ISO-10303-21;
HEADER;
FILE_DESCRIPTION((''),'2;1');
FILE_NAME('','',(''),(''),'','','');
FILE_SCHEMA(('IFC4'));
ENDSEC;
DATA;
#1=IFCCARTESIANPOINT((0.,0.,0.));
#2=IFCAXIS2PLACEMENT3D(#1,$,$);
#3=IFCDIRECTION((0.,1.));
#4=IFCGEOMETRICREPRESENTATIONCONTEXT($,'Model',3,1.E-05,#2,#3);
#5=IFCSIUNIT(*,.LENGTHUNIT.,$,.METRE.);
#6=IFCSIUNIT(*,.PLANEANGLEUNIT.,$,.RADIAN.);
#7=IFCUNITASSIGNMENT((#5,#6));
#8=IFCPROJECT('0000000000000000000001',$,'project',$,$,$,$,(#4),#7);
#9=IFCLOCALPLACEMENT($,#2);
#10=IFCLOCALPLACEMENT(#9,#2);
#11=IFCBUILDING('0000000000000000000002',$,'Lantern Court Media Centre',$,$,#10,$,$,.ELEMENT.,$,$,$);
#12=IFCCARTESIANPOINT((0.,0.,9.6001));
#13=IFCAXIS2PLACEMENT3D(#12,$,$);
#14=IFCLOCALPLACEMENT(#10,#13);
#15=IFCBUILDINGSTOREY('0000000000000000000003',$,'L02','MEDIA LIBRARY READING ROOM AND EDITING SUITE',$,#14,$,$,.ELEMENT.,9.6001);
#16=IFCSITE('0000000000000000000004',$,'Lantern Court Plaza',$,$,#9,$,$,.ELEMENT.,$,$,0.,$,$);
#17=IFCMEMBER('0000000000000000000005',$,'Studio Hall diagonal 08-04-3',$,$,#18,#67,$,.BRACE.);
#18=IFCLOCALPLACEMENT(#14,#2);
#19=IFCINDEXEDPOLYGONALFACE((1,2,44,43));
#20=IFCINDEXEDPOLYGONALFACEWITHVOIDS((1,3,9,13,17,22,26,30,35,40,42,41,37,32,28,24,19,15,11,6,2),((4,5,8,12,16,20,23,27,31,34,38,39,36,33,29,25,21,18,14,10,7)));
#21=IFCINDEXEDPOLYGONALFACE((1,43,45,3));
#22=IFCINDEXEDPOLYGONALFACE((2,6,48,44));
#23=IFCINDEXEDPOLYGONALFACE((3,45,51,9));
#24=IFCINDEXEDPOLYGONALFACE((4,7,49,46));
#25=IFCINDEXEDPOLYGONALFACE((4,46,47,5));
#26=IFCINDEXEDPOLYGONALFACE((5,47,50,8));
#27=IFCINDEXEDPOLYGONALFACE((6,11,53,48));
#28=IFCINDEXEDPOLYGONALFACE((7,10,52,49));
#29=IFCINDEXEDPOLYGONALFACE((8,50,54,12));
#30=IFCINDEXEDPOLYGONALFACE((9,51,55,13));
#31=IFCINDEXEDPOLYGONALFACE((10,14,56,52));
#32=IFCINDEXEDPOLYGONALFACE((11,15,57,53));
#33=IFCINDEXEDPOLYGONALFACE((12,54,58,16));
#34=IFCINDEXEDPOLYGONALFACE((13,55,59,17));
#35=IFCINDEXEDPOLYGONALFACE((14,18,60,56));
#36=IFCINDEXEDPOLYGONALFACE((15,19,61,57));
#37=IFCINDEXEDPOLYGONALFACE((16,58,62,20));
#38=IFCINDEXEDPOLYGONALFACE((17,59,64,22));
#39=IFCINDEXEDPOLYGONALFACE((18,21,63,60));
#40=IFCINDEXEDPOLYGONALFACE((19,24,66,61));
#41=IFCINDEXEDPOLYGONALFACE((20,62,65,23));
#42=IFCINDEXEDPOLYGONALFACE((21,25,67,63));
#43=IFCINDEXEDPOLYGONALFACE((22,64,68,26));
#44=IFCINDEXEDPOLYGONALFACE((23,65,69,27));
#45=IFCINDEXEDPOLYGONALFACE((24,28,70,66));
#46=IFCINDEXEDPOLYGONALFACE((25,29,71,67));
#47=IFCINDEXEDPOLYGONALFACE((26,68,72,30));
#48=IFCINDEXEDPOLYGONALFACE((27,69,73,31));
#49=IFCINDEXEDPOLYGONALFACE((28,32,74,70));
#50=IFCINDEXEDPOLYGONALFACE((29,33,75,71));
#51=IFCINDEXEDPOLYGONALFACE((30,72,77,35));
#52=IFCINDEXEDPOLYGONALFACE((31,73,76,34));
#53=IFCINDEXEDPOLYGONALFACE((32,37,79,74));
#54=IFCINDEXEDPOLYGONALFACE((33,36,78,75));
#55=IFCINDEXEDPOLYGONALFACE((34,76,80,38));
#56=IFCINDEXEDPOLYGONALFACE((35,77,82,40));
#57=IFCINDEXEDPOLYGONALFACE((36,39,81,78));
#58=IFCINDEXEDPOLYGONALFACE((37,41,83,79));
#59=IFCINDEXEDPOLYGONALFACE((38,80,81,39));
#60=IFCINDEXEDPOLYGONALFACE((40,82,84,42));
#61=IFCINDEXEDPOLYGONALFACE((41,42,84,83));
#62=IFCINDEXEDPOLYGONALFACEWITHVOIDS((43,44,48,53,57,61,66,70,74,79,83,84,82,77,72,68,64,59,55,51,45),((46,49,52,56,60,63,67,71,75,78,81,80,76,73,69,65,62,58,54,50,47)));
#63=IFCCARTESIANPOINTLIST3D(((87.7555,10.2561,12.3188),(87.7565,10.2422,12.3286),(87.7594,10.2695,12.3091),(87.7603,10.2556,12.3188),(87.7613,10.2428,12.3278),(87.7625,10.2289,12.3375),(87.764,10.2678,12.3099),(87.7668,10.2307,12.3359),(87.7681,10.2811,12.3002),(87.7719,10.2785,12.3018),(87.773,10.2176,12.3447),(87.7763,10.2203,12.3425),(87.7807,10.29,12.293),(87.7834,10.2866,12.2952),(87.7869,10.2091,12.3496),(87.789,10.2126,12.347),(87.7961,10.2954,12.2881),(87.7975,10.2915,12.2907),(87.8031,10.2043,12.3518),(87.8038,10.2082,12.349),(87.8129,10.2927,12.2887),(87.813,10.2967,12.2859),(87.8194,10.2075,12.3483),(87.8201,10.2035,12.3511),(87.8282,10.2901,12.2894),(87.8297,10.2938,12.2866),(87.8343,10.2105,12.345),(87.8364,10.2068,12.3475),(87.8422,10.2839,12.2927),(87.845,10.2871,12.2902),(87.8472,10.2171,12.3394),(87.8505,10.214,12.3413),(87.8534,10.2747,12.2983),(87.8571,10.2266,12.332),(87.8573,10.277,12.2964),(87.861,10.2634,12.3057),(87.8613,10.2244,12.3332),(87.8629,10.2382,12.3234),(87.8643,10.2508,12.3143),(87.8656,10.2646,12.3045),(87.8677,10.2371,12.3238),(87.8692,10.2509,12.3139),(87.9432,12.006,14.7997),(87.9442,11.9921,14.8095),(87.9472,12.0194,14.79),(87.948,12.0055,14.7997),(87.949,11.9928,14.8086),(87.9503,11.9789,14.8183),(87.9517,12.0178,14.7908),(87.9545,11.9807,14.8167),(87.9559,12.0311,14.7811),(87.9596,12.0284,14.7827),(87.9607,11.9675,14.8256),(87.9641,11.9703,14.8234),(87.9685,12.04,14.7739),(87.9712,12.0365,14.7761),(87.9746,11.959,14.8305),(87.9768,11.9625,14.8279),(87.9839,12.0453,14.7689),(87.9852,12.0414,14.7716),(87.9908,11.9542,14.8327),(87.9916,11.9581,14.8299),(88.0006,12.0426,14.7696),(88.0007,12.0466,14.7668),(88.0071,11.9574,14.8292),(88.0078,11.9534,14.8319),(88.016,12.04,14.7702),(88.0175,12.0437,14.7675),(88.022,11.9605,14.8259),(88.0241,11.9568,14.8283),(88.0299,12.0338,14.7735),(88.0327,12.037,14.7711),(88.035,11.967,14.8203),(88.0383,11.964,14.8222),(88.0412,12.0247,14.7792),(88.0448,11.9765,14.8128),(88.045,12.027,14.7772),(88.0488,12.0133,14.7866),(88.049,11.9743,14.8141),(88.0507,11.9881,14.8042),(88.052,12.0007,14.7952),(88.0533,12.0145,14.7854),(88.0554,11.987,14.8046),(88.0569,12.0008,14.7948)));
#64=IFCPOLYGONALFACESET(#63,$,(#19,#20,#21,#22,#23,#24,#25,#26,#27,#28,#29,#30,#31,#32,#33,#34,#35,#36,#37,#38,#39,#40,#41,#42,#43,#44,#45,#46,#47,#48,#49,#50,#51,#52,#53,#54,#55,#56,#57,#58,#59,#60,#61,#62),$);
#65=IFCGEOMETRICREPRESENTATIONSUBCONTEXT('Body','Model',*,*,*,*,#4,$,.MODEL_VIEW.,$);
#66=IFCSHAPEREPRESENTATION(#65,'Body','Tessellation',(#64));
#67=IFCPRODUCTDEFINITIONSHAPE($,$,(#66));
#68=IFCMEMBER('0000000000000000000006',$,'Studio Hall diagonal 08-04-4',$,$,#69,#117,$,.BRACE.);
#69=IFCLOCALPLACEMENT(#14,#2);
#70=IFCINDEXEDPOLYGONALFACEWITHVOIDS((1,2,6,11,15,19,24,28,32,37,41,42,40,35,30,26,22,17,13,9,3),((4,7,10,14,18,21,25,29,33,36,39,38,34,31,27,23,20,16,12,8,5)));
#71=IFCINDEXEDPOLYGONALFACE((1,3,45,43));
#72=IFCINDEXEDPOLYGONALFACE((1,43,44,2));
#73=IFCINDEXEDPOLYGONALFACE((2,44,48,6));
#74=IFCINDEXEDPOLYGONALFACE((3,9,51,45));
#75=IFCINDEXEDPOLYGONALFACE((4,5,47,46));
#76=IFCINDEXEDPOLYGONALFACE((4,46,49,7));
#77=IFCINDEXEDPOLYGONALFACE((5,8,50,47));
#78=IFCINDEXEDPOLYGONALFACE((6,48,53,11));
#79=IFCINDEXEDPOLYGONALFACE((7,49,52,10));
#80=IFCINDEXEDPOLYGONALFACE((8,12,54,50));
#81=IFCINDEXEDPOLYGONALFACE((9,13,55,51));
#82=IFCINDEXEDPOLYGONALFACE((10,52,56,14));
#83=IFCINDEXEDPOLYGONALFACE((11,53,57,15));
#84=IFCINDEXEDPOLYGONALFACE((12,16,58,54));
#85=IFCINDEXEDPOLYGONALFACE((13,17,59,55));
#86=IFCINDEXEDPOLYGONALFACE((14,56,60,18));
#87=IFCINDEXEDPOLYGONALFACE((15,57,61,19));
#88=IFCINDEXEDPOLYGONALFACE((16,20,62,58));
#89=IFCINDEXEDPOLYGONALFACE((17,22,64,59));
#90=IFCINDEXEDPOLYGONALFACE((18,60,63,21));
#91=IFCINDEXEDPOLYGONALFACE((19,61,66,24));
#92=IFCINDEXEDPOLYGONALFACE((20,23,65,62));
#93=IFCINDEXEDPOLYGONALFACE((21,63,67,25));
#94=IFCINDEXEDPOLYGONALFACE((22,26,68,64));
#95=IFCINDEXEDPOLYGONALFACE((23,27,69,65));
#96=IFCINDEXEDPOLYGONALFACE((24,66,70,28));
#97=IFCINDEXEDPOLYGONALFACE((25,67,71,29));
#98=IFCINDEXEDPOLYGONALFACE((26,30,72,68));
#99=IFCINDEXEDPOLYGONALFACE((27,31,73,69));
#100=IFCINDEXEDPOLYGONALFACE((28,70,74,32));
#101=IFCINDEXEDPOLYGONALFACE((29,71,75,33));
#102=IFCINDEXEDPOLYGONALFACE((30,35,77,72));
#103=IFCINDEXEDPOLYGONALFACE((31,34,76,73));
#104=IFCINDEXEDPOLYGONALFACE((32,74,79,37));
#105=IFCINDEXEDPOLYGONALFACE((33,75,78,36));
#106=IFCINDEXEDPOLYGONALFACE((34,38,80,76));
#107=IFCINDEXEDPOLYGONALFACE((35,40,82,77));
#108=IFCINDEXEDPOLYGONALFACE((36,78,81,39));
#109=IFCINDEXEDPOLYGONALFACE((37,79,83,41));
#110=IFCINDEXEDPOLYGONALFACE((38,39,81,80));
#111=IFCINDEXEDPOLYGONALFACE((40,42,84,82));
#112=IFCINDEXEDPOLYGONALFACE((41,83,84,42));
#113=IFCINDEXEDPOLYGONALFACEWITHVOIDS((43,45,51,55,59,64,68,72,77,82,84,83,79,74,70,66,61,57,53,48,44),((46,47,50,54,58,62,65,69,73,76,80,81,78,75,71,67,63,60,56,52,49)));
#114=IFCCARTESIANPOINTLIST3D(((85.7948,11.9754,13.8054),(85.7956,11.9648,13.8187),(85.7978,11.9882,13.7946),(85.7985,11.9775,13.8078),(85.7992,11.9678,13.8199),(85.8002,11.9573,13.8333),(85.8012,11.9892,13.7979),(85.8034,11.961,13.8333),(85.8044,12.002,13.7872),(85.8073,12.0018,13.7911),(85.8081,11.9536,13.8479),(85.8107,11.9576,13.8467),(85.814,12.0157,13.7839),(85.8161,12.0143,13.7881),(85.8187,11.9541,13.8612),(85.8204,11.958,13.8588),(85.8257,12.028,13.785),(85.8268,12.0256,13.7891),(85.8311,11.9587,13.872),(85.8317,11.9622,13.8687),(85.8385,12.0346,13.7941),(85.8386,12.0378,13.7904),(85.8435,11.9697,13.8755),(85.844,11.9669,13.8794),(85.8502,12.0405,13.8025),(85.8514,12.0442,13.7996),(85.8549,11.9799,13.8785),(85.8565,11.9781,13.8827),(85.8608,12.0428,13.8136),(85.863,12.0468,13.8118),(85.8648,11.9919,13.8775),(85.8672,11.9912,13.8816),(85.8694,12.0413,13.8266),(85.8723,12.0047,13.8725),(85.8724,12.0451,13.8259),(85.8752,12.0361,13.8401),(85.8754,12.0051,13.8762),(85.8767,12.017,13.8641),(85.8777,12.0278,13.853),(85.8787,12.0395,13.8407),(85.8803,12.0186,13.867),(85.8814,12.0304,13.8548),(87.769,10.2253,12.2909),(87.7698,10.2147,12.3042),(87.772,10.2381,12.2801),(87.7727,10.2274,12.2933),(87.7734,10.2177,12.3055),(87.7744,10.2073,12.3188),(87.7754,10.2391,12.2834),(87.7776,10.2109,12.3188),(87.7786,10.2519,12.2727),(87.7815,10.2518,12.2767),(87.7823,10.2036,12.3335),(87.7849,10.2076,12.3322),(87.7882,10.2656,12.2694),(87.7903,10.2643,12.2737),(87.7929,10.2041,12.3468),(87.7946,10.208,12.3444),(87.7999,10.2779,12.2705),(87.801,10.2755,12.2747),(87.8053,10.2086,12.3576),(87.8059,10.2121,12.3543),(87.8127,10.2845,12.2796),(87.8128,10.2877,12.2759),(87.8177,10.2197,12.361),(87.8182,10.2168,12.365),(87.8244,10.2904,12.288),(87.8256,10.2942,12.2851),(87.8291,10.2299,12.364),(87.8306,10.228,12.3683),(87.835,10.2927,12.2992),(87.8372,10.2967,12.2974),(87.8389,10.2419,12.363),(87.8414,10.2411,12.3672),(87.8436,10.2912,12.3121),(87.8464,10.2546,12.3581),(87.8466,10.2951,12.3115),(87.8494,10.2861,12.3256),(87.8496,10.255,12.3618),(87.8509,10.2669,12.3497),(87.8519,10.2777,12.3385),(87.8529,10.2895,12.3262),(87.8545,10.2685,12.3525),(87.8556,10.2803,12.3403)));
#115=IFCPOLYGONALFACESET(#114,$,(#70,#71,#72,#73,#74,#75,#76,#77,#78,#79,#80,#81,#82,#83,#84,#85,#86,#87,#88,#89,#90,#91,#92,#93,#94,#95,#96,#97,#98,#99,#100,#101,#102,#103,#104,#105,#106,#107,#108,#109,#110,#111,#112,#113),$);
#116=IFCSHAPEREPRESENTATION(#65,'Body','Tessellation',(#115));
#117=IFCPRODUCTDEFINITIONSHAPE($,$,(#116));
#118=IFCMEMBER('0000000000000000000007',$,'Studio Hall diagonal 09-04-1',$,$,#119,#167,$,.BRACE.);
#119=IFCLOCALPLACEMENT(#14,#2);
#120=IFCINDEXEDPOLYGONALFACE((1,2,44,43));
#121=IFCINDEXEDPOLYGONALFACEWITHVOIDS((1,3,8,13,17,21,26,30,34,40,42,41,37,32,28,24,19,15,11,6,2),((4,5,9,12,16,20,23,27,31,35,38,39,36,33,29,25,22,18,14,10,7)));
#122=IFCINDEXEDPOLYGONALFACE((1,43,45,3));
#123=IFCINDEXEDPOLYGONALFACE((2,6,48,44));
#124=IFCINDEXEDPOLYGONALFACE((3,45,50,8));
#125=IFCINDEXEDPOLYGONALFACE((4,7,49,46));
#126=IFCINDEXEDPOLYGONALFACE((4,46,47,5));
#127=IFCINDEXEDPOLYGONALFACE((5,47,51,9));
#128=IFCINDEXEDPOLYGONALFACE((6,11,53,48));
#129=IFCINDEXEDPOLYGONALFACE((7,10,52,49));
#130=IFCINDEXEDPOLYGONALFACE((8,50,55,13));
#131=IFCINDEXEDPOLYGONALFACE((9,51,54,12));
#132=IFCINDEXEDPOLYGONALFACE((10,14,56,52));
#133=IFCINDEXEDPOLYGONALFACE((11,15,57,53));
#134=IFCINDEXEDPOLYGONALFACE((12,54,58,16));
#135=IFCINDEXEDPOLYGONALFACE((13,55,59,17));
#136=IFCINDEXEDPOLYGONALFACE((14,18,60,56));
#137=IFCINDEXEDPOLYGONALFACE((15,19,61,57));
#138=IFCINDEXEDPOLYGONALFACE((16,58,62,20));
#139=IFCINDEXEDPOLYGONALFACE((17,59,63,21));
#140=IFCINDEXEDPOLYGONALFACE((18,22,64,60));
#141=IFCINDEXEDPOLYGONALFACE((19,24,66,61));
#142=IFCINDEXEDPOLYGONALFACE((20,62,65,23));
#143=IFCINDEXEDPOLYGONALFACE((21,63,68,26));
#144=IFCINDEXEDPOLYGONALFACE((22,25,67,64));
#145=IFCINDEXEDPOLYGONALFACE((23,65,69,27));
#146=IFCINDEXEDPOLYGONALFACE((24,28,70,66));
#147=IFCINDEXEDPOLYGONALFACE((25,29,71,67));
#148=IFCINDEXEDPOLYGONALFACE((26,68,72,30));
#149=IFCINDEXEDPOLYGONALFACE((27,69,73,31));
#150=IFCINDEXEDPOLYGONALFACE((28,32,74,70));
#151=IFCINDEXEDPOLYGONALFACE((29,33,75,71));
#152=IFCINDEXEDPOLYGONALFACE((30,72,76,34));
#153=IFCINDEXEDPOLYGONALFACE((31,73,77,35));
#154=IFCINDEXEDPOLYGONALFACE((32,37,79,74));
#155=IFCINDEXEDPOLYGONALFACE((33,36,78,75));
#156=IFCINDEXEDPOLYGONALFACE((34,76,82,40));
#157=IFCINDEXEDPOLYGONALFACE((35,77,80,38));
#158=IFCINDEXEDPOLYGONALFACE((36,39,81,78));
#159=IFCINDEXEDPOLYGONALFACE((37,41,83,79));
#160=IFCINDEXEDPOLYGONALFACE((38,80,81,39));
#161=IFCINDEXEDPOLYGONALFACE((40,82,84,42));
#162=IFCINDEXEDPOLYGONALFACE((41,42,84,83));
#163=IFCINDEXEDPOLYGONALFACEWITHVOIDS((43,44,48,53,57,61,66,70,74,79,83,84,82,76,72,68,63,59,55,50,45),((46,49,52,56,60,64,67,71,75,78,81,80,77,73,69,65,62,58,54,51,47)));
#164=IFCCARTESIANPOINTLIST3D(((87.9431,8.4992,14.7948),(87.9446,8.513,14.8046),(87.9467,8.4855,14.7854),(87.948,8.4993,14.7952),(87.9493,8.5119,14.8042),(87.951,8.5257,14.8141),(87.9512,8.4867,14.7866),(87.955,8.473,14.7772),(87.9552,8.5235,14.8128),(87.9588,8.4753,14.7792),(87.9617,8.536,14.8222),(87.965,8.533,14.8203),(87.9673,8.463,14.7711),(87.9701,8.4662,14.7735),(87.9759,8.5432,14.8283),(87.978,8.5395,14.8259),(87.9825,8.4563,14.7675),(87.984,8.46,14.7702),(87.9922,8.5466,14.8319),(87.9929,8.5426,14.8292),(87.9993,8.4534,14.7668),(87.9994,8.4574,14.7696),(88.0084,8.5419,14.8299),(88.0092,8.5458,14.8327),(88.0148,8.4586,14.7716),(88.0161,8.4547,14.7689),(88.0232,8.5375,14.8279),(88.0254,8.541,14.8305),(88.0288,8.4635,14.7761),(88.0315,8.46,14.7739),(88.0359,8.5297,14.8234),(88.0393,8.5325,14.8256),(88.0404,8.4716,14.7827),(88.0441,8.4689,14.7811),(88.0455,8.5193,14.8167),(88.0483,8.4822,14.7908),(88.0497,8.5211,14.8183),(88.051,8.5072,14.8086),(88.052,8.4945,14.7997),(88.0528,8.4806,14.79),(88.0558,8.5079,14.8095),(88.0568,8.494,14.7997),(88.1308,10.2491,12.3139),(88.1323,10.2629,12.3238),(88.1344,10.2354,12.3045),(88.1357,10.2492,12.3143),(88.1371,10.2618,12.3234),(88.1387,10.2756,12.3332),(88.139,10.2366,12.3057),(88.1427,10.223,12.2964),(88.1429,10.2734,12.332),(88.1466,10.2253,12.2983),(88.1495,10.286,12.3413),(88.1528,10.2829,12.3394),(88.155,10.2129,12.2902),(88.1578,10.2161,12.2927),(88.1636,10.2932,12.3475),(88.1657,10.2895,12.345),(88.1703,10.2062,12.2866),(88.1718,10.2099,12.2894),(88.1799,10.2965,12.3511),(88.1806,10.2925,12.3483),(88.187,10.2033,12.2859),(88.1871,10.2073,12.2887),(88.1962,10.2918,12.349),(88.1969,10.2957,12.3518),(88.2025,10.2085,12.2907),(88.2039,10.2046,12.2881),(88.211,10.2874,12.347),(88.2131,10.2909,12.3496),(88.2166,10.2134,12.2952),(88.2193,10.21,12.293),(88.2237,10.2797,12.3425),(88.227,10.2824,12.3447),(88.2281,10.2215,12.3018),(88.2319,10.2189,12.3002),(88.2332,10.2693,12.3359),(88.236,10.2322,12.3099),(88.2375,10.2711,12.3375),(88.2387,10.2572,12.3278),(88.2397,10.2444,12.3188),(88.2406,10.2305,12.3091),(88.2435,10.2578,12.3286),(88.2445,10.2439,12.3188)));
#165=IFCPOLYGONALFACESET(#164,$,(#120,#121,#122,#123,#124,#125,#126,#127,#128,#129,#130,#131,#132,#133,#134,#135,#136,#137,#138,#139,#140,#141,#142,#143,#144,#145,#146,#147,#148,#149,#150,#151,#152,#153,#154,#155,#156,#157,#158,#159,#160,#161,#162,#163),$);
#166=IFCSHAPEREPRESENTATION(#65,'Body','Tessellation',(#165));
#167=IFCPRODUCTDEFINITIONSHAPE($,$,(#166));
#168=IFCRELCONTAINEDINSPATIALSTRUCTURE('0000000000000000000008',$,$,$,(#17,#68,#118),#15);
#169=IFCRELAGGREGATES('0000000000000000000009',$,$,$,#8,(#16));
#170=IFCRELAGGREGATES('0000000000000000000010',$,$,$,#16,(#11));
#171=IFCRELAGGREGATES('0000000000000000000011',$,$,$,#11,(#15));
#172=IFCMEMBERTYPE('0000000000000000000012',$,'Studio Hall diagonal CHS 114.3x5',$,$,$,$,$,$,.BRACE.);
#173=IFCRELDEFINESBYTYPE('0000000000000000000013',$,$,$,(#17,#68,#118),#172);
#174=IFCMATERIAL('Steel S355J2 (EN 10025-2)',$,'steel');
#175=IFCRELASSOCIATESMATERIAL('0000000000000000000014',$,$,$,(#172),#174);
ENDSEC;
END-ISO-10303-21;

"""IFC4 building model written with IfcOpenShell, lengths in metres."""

from ifc_helpers import new_model, si_unit, direction, frame, origin, origin_2d, place, context, subcontext, project, spatial, hollow_circle, extrude, material, material_profile, profile_set, type_object, element, save


model = new_model("IFC4")

# Units and contexts
model_context = context("Model", 3, precision=1e-05, world=origin(), true_north=direction((0.0, 1.0)))
body_context = subcontext(model_context, "Body", "Model", "MODEL_VIEW")
ifc_project = project(units=[si_unit("LENGTHUNIT", "METRE"), si_unit("PLANEANGLEUNIT", "RADIAN")], contexts=[model_context])

# Site, building, storey
site_placement = place(None, origin())
site = spatial("IfcSite", under=ifc_project, at=site_placement, Name="Lantern Court Plaza", CompositionType="ELEMENT", RefElevation=0.0)
building_placement = place(site_placement, origin())
building = spatial("IfcBuilding", under=site, at=building_placement, Name="Lantern Court Media Centre", CompositionType="ELEMENT")
storey_placement = place(building_placement, frame((0.0, 0.0, 9.6001)))
storey = spatial("IfcBuildingStorey", under=building, at=storey_placement, Name="L02", Description="MEDIA LIBRARY READING ROOM AND EDITING SUITE", CompositionType="ELEMENT", Elevation=9.6001)

# Members
ifc_material = material(Name="Steel S355J2 (EN 10025-2)", Category="steel")
ifc_material_profile_1 = material_profile(ifc_material, hollow_circle(Radius=0.0571, WallThickness=0.0049, at=origin_2d()), Name="Studio Hall diagonal CHS 114.3x5")
ifc_profile_set_1 = profile_set([ifc_material_profile_1], Name="Steel S355J2 (EN 10025-2)")
member_type_1 = type_object("IfcMemberType", Name="Studio Hall diagonal CHS 114.3x5", PredefinedType="BRACE", material=ifc_profile_set_1)
for number, where, z_axis, x_axis, name in (
    (1, (87.8123, 10.25, 12.3188), (0.06172, 0.575306, 0.815606), (-0.994294, 0.10667, 0.0), "Studio Hall diagonal 08-04-3"),
):
    element("IfcMember", number, at=place(storey_placement, frame(where, z_axis=z_axis, x_axis=x_axis)), inside=storey, type_object=member_type_1, Name=name, PredefinedType="BRACE", context=body_context, shape_type="SweptSolid", body=[
        extrude(hollow_circle(Radius=0.0571, WallThickness=0.0049, at=origin_2d()), origin(), (0.0, 0.0, 1.0), 3.0417),
    ])
member_1_placement = place(storey_placement, frame((87.8123, 10.25, 12.3188), z_axis=(-0.648979, 0.575301, 0.49785), x_axis=(-0.663352, -0.748307, 0.0)))
element("IfcMember", 2, at=member_1_placement, inside=storey, type_object=member_type_1, Name="Studio Hall diagonal 08-04-4", PredefinedType="BRACE", context=body_context, shape_type="SweptSolid", body=[
    extrude(hollow_circle(Radius=0.0571, WallThickness=0.0049, at=origin_2d()), origin(), (0.0, 0.0, 1.0), 3.042),
])
member_2_placement = place(storey_placement, frame((88.1877, 10.25, 12.3188), z_axis=(-0.06172, -0.575306, 0.815606), x_axis=(0.994294, -0.10667, 0.0)))
element("IfcMember", 3, at=member_2_placement, inside=storey, type_object=member_type_1, Name="Studio Hall diagonal 09-04-1", PredefinedType="BRACE", context=body_context, shape_type="SweptSolid", body=[
    extrude(hollow_circle(Radius=0.0571, WallThickness=0.0049, at=origin_2d()), origin(), (0.0, 0.0, 1.0), 3.0417),
])

save(model, "model.ifc")
